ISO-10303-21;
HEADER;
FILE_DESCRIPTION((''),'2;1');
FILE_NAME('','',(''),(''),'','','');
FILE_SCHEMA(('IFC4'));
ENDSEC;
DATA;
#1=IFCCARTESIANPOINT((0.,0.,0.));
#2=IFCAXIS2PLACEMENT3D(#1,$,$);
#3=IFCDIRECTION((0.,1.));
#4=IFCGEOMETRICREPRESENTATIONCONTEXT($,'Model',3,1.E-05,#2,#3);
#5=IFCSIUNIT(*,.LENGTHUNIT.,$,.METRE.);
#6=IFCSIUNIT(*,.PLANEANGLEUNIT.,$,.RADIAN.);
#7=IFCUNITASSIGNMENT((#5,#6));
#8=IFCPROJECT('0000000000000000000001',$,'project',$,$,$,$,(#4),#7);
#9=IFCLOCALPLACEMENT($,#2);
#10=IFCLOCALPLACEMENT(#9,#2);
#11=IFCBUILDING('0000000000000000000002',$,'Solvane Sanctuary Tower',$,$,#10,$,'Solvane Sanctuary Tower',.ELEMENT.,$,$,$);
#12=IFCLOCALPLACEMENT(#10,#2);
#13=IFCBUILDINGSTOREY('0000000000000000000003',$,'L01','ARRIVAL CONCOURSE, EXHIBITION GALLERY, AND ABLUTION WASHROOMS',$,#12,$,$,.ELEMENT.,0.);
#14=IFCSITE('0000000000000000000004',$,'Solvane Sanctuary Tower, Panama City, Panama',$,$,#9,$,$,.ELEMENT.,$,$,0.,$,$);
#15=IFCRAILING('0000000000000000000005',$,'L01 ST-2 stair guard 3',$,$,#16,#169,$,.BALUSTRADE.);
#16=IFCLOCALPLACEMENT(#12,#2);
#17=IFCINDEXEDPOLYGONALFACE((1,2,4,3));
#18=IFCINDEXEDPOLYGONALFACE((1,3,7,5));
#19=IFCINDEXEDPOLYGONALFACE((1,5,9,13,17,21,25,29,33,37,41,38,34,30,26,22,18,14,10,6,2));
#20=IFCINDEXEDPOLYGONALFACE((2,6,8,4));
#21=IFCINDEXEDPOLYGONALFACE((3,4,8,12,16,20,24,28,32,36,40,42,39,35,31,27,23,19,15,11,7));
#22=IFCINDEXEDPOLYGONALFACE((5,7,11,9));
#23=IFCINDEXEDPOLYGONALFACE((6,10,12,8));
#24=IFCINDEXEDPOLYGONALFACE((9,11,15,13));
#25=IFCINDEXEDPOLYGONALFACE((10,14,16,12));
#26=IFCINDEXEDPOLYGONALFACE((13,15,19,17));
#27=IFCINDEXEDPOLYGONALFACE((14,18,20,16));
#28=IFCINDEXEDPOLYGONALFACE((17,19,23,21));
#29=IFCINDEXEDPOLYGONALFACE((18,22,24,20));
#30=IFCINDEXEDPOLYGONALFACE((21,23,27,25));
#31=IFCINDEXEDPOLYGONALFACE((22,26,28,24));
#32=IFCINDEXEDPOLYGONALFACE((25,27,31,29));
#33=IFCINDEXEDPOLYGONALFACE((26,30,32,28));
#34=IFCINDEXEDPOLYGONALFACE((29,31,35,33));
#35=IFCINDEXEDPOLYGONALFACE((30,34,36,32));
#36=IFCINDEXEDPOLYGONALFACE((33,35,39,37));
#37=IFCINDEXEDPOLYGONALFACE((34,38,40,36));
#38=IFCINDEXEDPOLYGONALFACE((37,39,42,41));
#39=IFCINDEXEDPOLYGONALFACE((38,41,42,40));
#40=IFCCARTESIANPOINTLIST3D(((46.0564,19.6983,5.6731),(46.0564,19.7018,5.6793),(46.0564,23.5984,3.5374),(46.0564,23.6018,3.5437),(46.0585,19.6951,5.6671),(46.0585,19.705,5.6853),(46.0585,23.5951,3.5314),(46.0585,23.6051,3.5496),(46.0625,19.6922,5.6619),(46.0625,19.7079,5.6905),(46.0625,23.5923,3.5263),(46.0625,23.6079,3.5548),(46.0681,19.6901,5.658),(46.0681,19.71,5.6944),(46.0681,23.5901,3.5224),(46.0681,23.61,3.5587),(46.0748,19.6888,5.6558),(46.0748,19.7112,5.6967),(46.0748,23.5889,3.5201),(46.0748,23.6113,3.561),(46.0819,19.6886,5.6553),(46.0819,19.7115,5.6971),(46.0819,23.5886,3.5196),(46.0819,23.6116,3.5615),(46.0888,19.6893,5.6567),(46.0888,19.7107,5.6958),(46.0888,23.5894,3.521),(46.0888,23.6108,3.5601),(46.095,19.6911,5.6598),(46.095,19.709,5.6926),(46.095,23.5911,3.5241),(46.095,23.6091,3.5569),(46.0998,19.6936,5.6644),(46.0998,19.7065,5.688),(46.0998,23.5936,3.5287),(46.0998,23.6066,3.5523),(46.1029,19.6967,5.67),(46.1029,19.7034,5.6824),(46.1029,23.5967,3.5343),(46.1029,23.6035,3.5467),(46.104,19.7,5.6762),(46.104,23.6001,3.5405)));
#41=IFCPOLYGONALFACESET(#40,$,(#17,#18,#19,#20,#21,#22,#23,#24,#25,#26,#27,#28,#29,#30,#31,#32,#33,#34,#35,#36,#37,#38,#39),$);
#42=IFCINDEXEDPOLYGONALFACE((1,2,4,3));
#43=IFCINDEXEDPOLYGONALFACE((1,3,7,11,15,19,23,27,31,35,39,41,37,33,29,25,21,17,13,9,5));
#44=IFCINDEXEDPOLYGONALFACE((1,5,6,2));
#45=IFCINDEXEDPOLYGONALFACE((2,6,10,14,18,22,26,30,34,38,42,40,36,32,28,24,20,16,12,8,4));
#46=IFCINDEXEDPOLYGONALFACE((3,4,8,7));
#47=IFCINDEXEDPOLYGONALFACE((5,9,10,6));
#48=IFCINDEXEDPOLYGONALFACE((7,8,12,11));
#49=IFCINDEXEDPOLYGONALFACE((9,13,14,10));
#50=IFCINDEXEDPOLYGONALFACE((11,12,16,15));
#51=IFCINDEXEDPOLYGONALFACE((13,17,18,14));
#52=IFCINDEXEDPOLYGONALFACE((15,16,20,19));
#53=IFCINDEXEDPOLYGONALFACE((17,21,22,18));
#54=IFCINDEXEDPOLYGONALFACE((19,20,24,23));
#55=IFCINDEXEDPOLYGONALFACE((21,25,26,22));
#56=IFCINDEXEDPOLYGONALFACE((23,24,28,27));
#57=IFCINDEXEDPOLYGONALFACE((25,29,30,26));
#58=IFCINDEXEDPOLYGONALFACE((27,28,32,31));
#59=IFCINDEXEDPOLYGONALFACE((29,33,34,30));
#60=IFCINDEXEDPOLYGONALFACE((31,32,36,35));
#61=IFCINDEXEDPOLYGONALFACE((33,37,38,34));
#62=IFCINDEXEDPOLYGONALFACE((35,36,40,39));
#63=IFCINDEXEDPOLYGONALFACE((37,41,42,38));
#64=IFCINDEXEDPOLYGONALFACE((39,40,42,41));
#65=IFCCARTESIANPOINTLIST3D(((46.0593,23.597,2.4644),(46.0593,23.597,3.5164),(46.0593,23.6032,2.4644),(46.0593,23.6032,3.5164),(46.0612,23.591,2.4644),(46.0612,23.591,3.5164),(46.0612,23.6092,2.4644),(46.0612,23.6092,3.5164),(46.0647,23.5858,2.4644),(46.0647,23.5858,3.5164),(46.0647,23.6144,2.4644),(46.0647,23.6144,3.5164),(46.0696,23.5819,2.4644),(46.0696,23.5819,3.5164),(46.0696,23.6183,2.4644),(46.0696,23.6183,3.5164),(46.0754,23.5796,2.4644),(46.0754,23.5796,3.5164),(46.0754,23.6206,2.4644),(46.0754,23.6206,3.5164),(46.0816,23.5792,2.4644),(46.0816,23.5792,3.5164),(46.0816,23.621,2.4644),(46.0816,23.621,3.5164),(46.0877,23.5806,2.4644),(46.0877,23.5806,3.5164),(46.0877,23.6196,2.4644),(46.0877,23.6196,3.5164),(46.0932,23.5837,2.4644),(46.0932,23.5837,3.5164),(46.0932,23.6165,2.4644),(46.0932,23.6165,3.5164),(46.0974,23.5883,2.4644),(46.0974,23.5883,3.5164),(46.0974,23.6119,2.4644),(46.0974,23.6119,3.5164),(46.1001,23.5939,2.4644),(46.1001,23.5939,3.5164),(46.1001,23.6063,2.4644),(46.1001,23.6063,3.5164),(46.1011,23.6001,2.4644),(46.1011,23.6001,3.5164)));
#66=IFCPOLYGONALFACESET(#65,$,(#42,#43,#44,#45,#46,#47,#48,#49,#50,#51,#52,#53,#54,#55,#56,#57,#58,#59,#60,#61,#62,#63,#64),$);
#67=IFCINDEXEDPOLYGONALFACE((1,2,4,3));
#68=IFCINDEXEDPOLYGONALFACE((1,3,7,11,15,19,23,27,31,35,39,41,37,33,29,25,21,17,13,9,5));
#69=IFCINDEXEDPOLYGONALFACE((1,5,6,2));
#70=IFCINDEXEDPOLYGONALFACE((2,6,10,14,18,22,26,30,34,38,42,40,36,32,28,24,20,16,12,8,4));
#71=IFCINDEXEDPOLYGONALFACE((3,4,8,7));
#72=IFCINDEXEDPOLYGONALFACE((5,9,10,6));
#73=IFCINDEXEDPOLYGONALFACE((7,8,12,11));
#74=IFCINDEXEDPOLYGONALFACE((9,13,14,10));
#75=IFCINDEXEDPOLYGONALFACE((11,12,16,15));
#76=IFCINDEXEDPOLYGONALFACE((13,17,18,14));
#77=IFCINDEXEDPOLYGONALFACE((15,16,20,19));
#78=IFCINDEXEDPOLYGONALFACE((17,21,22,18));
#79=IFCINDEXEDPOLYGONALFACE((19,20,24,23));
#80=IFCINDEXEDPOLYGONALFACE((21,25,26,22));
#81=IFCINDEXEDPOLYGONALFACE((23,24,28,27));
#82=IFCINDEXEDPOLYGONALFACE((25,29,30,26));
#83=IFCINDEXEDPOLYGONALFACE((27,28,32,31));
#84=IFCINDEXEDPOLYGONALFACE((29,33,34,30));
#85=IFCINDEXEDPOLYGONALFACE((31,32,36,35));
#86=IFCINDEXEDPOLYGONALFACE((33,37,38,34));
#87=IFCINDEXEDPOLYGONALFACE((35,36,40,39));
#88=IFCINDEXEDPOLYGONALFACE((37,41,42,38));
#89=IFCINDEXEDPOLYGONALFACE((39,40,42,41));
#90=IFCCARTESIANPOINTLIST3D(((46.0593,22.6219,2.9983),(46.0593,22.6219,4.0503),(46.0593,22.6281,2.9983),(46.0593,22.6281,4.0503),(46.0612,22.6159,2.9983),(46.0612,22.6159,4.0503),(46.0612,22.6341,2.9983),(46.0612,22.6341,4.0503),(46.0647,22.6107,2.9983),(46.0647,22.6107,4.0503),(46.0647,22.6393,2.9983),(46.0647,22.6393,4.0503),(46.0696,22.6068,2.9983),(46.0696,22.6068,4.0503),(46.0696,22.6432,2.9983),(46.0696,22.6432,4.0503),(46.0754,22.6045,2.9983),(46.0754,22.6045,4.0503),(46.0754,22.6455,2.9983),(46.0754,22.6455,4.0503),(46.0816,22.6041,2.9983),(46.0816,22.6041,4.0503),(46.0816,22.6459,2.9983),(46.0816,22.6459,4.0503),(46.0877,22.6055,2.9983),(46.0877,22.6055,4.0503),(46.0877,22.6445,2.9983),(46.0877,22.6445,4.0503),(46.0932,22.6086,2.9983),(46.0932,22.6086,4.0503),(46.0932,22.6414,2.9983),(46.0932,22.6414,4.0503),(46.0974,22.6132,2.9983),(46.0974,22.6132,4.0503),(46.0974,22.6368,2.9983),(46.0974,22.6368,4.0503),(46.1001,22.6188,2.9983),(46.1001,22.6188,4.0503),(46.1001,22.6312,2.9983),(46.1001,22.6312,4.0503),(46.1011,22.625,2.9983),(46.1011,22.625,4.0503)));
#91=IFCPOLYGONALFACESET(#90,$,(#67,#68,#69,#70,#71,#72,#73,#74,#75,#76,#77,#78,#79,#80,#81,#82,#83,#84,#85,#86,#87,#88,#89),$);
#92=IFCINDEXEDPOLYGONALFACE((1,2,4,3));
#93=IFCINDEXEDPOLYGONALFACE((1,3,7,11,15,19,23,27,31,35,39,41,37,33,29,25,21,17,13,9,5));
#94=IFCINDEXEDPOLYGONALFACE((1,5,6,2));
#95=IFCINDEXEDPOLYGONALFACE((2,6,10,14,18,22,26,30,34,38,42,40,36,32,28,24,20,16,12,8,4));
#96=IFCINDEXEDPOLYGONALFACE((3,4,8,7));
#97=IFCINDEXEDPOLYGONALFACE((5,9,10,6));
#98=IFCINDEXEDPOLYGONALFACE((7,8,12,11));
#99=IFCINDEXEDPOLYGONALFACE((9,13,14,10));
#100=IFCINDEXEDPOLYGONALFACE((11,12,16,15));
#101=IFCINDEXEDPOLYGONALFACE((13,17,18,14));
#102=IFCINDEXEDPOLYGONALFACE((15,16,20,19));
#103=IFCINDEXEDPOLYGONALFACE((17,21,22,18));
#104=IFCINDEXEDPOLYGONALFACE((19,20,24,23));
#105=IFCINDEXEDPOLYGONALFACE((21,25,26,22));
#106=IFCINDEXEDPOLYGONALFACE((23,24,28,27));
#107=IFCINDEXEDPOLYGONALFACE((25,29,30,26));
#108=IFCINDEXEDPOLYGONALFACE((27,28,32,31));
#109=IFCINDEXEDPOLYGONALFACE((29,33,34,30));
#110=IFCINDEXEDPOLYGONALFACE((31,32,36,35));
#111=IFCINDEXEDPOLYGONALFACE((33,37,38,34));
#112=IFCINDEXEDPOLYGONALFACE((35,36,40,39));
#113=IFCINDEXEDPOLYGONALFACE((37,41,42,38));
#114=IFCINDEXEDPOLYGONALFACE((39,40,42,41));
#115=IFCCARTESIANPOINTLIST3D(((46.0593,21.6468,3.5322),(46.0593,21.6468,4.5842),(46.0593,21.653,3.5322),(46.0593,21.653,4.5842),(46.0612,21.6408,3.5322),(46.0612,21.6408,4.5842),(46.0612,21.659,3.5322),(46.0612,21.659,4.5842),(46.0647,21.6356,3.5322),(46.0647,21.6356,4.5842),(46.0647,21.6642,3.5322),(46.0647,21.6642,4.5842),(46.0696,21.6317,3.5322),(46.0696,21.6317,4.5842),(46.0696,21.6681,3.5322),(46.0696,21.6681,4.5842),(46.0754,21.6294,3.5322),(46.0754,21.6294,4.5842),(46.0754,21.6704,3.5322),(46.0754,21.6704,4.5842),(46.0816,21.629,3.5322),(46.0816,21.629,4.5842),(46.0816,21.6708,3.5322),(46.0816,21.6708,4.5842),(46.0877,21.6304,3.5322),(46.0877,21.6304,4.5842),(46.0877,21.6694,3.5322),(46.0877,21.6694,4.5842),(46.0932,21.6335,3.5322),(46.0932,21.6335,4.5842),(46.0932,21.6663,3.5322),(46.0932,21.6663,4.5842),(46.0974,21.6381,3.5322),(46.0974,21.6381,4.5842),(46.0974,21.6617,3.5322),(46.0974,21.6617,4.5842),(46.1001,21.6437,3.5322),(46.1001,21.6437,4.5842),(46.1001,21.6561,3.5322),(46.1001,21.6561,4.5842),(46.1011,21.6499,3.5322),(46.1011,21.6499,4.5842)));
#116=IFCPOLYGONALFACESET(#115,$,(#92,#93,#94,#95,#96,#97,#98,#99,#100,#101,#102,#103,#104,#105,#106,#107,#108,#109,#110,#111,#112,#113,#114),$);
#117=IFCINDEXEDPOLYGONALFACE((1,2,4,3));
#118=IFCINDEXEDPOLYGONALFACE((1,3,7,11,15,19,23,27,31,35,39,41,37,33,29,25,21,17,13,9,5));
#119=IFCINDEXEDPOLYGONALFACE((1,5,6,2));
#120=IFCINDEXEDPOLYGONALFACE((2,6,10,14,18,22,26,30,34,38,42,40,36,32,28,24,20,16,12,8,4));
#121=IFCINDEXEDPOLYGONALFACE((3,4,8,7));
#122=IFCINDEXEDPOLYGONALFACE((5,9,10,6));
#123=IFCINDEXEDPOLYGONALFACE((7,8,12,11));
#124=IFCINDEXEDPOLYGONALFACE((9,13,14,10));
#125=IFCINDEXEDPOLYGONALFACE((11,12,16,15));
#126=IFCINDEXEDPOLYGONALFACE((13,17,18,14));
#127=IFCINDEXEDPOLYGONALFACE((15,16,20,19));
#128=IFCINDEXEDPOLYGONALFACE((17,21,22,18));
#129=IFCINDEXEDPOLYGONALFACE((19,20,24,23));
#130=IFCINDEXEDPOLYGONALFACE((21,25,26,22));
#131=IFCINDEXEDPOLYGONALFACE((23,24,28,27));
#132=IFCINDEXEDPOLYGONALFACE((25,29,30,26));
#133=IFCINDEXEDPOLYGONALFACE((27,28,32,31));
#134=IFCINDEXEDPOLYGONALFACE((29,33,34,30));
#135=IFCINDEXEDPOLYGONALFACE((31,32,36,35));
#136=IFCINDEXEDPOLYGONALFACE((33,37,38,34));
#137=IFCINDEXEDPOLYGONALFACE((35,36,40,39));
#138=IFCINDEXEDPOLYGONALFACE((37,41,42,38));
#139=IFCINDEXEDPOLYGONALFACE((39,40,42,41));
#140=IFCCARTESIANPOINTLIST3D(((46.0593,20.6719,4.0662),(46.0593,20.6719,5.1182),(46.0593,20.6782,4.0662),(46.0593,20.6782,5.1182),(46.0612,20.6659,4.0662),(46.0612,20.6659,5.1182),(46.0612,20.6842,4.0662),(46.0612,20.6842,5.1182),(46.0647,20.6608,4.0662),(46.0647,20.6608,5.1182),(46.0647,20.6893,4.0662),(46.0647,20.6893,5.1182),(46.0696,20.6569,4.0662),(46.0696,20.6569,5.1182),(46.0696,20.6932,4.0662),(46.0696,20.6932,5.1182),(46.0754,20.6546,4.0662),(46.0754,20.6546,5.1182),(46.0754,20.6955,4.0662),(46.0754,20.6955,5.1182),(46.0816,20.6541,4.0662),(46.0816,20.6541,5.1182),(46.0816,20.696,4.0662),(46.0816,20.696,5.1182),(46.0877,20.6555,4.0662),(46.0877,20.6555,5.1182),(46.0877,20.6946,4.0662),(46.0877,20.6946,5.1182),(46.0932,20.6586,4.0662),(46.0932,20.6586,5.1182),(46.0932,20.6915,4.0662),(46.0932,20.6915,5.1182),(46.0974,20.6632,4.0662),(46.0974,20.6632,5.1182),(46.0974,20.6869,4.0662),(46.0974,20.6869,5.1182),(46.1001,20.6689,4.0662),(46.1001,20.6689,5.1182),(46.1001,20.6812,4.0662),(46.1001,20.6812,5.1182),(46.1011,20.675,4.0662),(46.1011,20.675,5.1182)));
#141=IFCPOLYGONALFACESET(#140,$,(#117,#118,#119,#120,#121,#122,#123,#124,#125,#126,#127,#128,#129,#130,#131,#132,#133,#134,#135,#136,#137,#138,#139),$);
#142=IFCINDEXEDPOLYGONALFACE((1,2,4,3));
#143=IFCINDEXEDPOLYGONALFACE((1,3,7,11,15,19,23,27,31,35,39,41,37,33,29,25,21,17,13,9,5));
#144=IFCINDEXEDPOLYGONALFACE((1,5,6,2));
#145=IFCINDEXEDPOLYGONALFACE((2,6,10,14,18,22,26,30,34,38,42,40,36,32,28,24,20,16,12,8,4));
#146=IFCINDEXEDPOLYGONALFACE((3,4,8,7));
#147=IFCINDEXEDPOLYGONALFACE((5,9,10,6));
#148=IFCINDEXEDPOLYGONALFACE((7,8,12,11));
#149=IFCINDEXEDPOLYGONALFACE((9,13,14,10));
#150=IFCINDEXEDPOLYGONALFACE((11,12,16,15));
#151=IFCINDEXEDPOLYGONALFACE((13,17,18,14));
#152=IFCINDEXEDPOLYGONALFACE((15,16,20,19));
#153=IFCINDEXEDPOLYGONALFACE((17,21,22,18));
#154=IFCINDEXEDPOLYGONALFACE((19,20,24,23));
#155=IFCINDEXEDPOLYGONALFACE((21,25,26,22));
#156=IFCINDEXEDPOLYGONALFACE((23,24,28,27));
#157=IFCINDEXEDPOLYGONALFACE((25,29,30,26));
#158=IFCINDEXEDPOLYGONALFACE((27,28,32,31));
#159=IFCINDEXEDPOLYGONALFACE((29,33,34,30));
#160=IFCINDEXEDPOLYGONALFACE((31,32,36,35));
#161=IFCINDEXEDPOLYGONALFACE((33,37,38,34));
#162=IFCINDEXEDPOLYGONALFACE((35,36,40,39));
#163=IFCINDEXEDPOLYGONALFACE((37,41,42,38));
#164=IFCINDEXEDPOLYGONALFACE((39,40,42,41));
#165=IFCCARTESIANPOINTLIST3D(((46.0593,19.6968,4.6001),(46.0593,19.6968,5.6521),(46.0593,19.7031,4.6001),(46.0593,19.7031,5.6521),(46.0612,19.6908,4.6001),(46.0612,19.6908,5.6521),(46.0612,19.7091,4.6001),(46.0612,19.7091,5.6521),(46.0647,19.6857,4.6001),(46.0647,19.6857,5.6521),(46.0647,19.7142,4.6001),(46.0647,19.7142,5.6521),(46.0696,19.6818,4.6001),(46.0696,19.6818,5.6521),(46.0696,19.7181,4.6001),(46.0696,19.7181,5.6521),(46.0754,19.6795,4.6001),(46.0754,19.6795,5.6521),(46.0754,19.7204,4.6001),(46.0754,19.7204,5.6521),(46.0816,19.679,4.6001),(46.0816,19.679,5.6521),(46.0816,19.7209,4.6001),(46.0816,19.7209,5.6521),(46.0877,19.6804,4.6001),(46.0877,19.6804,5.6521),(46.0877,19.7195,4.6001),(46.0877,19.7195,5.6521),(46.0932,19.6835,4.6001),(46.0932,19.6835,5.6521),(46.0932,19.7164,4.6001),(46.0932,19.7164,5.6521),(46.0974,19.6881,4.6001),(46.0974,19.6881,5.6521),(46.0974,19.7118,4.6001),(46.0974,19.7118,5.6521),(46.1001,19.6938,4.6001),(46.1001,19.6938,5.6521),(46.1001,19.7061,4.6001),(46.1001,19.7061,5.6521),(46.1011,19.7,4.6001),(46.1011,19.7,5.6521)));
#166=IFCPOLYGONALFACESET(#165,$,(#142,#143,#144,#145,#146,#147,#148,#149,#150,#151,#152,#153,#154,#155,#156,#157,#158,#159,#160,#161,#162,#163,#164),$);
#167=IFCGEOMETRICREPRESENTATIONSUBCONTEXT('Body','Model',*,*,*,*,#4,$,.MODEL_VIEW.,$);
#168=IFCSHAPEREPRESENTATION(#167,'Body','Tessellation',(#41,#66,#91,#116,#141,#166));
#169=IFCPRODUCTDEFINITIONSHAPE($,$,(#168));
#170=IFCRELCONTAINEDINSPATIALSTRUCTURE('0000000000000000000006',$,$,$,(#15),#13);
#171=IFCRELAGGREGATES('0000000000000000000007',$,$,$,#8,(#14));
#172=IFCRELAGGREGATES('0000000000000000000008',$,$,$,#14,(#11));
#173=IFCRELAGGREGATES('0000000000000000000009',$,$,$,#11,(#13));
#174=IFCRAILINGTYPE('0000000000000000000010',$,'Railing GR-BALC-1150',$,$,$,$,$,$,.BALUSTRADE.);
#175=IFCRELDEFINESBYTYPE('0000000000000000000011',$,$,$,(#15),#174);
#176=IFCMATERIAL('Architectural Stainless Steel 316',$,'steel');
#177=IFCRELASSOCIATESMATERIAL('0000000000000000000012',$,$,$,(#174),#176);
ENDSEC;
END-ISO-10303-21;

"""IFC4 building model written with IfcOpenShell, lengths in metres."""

from ifc_helpers import new_model, si_unit, direction, frame, origin, origin_2d, place, context, subcontext, project, spatial, circle, extrude, material, type_object, element, save


model = new_model("IFC4")

# Units and contexts
model_context = context("Model", 3, precision=1e-05, world=origin(), true_north=direction((0.0, 1.0)))
body_context = subcontext(model_context, "Body", "Model", "MODEL_VIEW")
ifc_project = project(units=[si_unit("LENGTHUNIT", "METRE"), si_unit("PLANEANGLEUNIT", "RADIAN")], contexts=[model_context])

# Site, building, storey
site_placement = place(None, origin())
site = spatial("IfcSite", under=ifc_project, at=site_placement, Name="Solvane Sanctuary Tower, Panama City, Panama", CompositionType="ELEMENT", RefElevation=0.0)
building_placement = place(site_placement, origin())
building = spatial("IfcBuilding", under=site, at=building_placement, Name="Solvane Sanctuary Tower", LongName="Solvane Sanctuary Tower", CompositionType="ELEMENT")
storey_placement = place(building_placement, origin())
storey = spatial("IfcBuildingStorey", under=building, at=storey_placement, Name="L01", Description="ARRIVAL CONCOURSE, EXHIBITION GALLERY, AND ABLUTION WASHROOMS", CompositionType="ELEMENT", Elevation=0.0)

# Shared definitions
ifc_material_1 = material(Name="Architectural Stainless Steel 316", Category="steel")

# Railing
railing_type_1 = type_object("IfcRailingType", Name="Railing GR-BALC-1150", PredefinedType="BALUSTRADE", material=ifc_material_1)
railing_1_placement = place(storey_placement, frame((46.0801, 23.6001, 2.4644)))
element("IfcRailing", 1, at=railing_1_placement, inside=storey, type_object=railing_type_1, Name="L01 ST-2 stair guard 3", PredefinedType="BALUSTRADE", context=body_context, shape_type="SweptSolid", body=[
    extrude(circle(Radius=0.0239, at=origin_2d()), frame((0.0, 0.0, 1.0762), z_axis=(0.0, -0.877101, 0.480306), x_axis=(1.0, 0.0, 0.0)), (0.0, 0.0, 1.0), 4.4465),
    extrude(circle(Radius=0.021, at=origin_2d()), origin(), (0.0, 0.0, 1.0), 1.052),
    extrude(circle(Radius=0.021, at=origin_2d()), frame((0.0, -0.9751, 0.5339)), (0.0, 0.0, 1.0), 1.052),
    extrude(circle(Radius=0.021, at=origin_2d()), frame((0.0, -1.9502, 1.0679)), (0.0, 0.0, 1.0), 1.052),
    extrude(circle(Radius=0.021, at=origin_2d()), frame((0.0, -2.925, 1.6018)), (0.0, 0.0, 1.0), 1.052),
    extrude(circle(Radius=0.021, at=origin_2d()), frame((0.0, -3.9001, 2.1357)), (0.0, 0.0, 1.0), 1.052),
])

save(model, "model.ifc")
